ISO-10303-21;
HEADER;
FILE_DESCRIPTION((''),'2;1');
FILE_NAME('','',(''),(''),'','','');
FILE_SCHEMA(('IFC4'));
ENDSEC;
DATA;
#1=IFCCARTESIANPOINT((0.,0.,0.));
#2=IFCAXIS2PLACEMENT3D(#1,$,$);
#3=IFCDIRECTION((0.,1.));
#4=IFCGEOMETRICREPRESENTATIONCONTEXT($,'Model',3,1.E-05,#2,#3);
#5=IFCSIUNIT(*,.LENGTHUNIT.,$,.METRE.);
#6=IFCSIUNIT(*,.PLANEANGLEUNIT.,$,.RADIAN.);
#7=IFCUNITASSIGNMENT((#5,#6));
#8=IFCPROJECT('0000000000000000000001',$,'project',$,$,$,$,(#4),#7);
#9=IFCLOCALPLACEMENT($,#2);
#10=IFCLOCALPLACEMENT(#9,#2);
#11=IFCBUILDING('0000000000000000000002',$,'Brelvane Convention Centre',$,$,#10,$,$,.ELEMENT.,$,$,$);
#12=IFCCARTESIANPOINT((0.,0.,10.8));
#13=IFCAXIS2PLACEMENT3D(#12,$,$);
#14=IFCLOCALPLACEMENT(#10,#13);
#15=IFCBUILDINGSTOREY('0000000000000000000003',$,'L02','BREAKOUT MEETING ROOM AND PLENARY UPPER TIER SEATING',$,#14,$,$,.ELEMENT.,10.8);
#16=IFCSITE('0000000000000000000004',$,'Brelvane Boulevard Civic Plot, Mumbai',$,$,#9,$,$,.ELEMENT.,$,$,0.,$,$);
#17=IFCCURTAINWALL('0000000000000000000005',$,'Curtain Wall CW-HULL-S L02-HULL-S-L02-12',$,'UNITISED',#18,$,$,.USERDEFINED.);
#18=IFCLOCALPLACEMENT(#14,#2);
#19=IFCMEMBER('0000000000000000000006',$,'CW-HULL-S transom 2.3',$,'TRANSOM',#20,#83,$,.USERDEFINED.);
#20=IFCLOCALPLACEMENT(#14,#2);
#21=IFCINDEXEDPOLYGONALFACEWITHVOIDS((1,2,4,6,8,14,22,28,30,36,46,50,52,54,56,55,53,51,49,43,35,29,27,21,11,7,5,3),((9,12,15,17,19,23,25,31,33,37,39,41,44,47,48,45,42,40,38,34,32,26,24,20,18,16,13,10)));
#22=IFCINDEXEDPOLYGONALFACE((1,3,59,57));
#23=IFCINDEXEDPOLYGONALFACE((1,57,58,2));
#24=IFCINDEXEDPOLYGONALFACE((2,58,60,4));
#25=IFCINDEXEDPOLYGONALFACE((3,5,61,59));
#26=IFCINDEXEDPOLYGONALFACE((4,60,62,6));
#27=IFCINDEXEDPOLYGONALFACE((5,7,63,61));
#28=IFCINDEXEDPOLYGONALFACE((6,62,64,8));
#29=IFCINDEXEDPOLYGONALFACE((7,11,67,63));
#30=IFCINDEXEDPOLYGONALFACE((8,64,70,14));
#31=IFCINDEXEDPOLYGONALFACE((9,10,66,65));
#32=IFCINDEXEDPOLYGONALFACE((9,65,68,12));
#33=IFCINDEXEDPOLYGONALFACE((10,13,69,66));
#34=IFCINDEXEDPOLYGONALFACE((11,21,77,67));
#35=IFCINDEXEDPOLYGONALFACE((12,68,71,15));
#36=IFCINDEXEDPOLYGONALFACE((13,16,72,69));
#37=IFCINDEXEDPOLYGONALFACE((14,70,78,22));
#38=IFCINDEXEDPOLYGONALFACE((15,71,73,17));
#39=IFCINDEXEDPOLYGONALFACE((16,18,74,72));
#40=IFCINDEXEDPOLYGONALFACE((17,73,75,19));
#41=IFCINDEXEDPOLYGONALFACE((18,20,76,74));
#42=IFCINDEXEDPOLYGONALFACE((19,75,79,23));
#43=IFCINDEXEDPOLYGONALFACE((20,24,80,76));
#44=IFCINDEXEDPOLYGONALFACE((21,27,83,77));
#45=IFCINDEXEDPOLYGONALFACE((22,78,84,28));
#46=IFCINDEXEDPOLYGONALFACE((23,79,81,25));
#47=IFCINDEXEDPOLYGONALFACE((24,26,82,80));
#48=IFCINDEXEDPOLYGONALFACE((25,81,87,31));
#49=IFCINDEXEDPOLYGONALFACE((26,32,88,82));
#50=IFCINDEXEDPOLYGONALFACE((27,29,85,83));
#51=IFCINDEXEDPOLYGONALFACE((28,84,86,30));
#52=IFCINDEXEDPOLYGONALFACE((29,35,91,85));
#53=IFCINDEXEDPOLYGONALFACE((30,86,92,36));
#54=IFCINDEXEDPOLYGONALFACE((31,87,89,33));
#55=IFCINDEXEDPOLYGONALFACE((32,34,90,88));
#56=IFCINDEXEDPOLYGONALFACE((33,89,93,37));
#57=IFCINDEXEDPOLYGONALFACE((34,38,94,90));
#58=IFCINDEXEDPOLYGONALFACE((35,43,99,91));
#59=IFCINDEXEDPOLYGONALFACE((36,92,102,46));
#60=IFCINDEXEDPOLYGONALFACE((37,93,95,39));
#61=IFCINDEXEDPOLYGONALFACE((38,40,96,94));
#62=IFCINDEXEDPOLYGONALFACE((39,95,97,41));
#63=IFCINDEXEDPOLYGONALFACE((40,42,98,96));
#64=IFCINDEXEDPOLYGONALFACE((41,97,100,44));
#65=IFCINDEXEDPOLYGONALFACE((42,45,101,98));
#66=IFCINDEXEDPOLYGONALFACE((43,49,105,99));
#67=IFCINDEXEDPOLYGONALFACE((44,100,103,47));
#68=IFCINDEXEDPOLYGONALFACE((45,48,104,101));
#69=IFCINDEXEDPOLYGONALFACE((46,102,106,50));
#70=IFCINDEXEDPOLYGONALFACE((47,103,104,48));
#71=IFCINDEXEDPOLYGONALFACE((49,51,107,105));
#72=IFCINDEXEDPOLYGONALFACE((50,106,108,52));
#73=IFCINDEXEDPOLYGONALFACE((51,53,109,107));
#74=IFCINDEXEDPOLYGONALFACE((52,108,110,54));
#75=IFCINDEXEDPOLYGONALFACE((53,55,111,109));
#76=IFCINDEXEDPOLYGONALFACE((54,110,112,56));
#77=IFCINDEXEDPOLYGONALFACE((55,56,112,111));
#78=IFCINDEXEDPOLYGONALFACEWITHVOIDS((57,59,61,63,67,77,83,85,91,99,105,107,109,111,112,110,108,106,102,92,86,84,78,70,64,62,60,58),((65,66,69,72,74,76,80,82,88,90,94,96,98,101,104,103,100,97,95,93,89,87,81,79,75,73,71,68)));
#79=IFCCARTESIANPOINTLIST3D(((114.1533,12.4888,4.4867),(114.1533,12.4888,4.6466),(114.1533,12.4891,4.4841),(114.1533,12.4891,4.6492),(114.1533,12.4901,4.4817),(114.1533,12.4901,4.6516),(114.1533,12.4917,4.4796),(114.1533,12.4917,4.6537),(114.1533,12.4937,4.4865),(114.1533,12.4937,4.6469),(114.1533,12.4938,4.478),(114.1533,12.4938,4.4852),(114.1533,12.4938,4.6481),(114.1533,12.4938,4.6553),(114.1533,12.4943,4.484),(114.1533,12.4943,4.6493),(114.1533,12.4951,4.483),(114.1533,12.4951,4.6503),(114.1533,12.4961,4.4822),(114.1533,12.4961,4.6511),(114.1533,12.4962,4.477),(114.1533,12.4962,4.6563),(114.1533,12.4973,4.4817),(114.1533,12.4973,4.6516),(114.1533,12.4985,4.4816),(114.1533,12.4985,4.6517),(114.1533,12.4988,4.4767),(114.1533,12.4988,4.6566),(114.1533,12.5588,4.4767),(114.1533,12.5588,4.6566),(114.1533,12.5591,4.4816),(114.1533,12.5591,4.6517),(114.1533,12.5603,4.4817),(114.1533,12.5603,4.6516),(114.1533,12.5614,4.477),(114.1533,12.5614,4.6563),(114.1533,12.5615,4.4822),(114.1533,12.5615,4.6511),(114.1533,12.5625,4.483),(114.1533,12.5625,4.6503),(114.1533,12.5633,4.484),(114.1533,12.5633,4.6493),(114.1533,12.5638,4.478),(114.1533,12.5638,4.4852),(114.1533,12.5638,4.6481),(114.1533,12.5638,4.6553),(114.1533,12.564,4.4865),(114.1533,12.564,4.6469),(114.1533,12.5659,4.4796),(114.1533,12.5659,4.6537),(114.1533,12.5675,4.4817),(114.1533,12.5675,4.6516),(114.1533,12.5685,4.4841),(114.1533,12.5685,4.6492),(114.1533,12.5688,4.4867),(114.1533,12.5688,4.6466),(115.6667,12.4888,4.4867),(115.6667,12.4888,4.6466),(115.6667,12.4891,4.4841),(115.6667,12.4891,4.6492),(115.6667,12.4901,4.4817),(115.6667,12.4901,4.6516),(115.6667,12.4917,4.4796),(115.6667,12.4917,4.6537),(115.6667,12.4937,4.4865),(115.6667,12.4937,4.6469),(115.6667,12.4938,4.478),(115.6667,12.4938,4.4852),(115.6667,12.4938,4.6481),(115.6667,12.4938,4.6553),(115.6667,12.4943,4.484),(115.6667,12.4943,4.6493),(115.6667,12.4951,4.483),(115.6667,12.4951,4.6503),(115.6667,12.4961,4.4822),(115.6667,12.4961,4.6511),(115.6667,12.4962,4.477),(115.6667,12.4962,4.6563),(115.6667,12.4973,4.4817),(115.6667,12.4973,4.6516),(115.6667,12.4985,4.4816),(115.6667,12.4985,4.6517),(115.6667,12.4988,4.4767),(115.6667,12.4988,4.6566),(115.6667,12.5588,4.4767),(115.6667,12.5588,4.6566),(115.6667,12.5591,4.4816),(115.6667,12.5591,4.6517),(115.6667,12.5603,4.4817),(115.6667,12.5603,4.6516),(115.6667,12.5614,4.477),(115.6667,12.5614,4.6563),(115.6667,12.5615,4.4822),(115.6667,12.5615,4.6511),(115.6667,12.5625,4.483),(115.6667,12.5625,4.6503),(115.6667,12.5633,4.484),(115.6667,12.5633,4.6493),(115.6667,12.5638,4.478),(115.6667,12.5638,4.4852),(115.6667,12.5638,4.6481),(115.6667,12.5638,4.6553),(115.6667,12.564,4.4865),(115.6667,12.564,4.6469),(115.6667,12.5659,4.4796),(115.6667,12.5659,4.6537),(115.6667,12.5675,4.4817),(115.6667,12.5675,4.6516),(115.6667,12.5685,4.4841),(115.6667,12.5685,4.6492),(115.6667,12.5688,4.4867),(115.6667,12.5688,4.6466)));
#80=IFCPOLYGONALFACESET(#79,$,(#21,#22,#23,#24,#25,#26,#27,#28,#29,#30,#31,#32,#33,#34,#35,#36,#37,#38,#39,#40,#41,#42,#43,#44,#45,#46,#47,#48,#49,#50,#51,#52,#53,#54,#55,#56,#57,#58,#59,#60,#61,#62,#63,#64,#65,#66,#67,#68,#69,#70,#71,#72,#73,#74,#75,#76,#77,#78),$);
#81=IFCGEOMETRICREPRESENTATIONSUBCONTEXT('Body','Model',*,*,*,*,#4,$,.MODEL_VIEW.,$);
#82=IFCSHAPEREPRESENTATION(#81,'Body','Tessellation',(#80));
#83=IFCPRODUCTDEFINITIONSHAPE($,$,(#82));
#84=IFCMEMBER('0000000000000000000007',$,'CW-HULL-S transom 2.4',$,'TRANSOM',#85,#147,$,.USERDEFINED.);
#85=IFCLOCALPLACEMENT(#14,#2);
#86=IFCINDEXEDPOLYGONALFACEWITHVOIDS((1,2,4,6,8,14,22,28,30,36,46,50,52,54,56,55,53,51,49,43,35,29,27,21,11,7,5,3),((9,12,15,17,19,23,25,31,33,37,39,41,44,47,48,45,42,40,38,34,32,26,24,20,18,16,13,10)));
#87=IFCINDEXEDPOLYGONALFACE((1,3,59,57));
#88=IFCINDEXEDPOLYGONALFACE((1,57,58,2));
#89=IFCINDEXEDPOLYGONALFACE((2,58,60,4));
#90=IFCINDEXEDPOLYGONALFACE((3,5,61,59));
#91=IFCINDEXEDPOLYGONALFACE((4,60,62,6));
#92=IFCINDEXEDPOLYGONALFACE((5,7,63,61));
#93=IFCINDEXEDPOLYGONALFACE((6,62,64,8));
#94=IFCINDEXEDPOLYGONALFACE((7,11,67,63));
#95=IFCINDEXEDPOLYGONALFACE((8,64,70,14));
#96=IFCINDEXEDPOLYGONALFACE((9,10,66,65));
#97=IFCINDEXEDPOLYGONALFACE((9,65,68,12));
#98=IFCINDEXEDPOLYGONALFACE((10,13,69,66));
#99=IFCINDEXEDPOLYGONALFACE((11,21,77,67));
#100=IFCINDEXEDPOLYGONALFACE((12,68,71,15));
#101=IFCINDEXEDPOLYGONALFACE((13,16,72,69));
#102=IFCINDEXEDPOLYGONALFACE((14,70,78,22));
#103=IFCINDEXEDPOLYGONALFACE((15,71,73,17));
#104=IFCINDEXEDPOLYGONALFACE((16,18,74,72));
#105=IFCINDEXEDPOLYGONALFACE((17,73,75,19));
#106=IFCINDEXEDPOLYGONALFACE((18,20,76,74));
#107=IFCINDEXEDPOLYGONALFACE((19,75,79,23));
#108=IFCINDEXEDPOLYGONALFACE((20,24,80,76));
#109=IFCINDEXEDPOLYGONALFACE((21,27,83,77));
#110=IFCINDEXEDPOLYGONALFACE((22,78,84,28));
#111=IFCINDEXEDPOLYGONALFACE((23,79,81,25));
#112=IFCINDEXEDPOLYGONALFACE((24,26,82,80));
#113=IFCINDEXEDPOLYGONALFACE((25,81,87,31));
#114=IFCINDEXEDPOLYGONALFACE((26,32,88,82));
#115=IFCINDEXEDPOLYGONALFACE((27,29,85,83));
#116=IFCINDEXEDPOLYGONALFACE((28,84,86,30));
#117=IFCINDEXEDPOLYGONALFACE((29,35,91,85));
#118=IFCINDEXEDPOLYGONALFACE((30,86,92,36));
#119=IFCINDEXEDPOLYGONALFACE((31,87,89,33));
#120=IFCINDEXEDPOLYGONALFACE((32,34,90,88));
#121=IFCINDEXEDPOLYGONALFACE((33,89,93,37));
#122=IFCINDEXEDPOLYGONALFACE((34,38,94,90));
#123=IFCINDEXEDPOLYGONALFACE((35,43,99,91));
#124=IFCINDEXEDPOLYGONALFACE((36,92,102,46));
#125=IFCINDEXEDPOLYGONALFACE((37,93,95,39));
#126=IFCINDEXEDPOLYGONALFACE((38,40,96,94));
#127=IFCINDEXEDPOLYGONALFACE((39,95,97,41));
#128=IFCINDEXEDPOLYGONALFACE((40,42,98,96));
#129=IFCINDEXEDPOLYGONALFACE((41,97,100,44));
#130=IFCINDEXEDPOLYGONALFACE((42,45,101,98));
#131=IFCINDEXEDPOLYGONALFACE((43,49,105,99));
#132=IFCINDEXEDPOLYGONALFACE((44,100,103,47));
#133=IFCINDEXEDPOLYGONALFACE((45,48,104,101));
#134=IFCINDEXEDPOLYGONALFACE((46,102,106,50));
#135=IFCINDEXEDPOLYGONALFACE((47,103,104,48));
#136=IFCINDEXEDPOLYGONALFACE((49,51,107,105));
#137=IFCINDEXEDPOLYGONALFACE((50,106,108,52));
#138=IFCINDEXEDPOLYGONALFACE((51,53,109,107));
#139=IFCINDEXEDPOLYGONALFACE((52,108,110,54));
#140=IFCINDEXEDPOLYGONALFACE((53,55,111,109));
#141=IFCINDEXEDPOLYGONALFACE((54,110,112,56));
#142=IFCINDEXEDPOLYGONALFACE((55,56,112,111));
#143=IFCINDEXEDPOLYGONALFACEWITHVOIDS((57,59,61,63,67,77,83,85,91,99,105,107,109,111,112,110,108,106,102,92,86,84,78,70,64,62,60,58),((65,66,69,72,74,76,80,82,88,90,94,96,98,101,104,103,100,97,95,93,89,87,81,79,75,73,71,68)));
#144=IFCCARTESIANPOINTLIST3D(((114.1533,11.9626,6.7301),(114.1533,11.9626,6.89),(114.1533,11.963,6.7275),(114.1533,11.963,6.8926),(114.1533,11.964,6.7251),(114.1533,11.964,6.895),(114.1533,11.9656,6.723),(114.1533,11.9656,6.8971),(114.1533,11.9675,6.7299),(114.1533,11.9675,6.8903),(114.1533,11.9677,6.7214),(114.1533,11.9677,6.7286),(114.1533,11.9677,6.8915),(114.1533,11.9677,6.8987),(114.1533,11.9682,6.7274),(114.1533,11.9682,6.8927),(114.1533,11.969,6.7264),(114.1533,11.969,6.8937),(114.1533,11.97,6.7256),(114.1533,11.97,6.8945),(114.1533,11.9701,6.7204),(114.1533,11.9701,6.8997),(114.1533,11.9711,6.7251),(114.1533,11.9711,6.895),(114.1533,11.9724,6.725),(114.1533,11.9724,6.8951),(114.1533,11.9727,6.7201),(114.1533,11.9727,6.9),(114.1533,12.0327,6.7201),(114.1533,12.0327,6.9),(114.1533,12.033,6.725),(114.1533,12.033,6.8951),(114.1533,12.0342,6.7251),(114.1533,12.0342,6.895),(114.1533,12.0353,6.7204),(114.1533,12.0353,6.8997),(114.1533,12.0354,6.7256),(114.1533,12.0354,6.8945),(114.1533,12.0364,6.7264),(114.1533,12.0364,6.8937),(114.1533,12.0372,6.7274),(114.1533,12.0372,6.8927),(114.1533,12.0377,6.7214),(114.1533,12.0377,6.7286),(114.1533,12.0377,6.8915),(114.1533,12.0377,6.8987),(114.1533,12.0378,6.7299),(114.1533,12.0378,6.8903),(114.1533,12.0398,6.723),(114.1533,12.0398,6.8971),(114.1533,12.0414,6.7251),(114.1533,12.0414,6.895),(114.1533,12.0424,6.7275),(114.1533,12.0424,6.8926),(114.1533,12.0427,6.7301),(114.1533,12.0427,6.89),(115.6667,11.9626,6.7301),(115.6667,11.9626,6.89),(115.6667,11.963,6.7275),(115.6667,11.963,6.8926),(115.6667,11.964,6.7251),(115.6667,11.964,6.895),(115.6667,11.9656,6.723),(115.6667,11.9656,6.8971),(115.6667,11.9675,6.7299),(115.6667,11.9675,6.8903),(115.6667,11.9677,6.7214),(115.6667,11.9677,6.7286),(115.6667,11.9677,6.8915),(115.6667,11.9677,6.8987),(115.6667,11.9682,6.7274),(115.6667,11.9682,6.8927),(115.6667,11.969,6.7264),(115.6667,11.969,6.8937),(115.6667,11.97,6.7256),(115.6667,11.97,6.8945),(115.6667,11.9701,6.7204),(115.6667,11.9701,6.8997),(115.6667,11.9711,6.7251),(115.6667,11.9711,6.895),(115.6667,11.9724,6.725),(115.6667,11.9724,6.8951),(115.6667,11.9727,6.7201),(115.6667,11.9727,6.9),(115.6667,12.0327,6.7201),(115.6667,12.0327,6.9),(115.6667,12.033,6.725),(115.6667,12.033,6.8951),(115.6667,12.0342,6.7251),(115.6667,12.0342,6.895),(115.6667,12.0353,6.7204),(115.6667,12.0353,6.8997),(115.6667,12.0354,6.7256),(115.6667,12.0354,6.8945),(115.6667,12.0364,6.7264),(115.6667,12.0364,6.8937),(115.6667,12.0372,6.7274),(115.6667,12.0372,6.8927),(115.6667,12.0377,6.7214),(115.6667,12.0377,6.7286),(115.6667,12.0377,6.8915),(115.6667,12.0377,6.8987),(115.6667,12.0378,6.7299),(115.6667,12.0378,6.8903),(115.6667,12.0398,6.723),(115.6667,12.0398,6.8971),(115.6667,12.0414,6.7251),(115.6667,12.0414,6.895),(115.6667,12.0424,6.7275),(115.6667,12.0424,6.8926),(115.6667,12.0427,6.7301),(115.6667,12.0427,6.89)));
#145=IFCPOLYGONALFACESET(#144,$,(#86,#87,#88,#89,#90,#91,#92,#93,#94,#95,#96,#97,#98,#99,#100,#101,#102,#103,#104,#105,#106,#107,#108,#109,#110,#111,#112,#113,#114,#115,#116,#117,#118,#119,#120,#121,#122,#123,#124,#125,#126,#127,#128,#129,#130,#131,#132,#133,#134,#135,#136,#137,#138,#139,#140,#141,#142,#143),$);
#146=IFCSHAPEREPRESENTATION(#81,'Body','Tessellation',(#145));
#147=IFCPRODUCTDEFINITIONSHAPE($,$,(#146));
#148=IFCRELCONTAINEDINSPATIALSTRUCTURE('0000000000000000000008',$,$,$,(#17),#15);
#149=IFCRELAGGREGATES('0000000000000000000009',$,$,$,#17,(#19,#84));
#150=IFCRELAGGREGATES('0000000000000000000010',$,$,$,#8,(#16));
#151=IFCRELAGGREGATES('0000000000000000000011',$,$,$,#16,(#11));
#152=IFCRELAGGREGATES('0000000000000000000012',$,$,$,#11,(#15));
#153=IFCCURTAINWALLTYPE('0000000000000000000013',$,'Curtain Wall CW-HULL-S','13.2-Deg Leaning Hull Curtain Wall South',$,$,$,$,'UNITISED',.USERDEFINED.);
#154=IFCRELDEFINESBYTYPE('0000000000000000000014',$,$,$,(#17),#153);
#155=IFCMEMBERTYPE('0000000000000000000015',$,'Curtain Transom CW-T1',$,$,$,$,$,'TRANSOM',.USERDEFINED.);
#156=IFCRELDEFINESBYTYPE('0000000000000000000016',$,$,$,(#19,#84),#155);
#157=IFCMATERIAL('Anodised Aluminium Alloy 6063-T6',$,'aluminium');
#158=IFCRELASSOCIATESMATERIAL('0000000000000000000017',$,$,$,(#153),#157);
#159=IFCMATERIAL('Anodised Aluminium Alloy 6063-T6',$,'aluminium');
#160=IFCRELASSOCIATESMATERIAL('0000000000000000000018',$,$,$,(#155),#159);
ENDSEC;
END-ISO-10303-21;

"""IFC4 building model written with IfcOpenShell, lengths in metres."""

from ifc_helpers import new_model, si_unit, direction, frame, origin, origin_2d, place, context, subcontext, project, spatial, hollow_rectangle, extrude, material, material_profile, profile_set, type_object, element, aggregate, save


model = new_model("IFC4")

# Units and contexts
model_context = context("Model", 3, precision=1e-05, world=origin(), true_north=direction((0.0, 1.0)))
body_context = subcontext(model_context, "Body", "Model", "MODEL_VIEW")
ifc_project = project(units=[si_unit("LENGTHUNIT", "METRE"), si_unit("PLANEANGLEUNIT", "RADIAN")], contexts=[model_context])

# Site, building, storey
site_placement = place(None, origin())
site = spatial("IfcSite", under=ifc_project, at=site_placement, Name="Brelvane Boulevard Civic Plot, Mumbai", CompositionType="ELEMENT", RefElevation=0.0)
building_placement = place(site_placement, origin())
building = spatial("IfcBuilding", under=site, at=building_placement, Name="Brelvane Convention Centre", CompositionType="ELEMENT")
storey_placement = place(building_placement, frame((0.0, 0.0, 10.8)))
storey = spatial("IfcBuildingStorey", under=building, at=storey_placement, Name="L02", Description="BREAKOUT MEETING ROOM AND PLENARY UPPER TIER SEATING", CompositionType="ELEMENT", Elevation=10.8)

# Curtain wall, members
ifc_material_1 = material(Name="Anodised Aluminium Alloy 6063-T6", Category="aluminium")
curtain_wall_type = type_object("IfcCurtainWallType", Name="Curtain Wall CW-HULL-S", Description="13.2-Deg Leaning Hull Curtain Wall South", ElementType="UNITISED", PredefinedType="USERDEFINED", material=ifc_material_1)
ifc_material_2 = material(Name="Anodised Aluminium Alloy 6063-T6", Category="aluminium")
ifc_material_profile = material_profile(ifc_material_2, hollow_rectangle(XDim=0.0801, YDim=0.1799, WallThickness=0.0049, InnerFilletRadius=0.0049, OuterFilletRadius=0.01, at=origin_2d()), Name="ALU-T 180x80x5.0")
ifc_profile_set = profile_set([ifc_material_profile], Name="Anodised Aluminium Alloy 6063-T6")
member_type = type_object("IfcMemberType", Name="Curtain Transom CW-T1", ElementType="TRANSOM", PredefinedType="USERDEFINED", material=ifc_profile_set)
curtain_wall_1_placement = place(storey_placement, origin())
curtain_wall_1 = element("IfcCurtainWall", 1, at=curtain_wall_1_placement, inside=storey, type_object=curtain_wall_type, Name="Curtain Wall CW-HULL-S L02-HULL-S-L02-12", ObjectType="UNITISED", PredefinedType="USERDEFINED")
member_1_placement = place(storey_placement, frame((114.1533, 12.5288, 4.5667), z_axis=(1.0, 0.0, 0.0), x_axis=(0.0, 1.0, 0.0)))
member_1 = element("IfcMember", 2, at=member_1_placement, type_object=member_type, Name="CW-HULL-S transom 2.3", ObjectType="TRANSOM", PredefinedType="USERDEFINED", context=body_context, shape_type="SweptSolid", body=[
    extrude(hollow_rectangle(XDim=0.0801, YDim=0.1799, WallThickness=0.0049, InnerFilletRadius=0.0049, OuterFilletRadius=0.01, at=origin_2d()), origin(), (0.0, 0.0, 1.0), 1.5134),
])
member_2_placement = place(storey_placement, frame((114.1533, 12.0027, 6.8101), z_axis=(1.0, 0.0, 0.0), x_axis=(0.0, 1.0, 0.0)))
member_2 = element("IfcMember", 3, at=member_2_placement, type_object=member_type, Name="CW-HULL-S transom 2.4", ObjectType="TRANSOM", PredefinedType="USERDEFINED", context=body_context, shape_type="SweptSolid", body=[
    extrude(hollow_rectangle(XDim=0.0801, YDim=0.1799, WallThickness=0.0049, InnerFilletRadius=0.0049, OuterFilletRadius=0.01, at=origin_2d()), origin(), (0.0, 0.0, 1.0), 1.5134),
])

aggregate(curtain_wall_1, [member_1, member_2])

save(model, "model.ifc")
